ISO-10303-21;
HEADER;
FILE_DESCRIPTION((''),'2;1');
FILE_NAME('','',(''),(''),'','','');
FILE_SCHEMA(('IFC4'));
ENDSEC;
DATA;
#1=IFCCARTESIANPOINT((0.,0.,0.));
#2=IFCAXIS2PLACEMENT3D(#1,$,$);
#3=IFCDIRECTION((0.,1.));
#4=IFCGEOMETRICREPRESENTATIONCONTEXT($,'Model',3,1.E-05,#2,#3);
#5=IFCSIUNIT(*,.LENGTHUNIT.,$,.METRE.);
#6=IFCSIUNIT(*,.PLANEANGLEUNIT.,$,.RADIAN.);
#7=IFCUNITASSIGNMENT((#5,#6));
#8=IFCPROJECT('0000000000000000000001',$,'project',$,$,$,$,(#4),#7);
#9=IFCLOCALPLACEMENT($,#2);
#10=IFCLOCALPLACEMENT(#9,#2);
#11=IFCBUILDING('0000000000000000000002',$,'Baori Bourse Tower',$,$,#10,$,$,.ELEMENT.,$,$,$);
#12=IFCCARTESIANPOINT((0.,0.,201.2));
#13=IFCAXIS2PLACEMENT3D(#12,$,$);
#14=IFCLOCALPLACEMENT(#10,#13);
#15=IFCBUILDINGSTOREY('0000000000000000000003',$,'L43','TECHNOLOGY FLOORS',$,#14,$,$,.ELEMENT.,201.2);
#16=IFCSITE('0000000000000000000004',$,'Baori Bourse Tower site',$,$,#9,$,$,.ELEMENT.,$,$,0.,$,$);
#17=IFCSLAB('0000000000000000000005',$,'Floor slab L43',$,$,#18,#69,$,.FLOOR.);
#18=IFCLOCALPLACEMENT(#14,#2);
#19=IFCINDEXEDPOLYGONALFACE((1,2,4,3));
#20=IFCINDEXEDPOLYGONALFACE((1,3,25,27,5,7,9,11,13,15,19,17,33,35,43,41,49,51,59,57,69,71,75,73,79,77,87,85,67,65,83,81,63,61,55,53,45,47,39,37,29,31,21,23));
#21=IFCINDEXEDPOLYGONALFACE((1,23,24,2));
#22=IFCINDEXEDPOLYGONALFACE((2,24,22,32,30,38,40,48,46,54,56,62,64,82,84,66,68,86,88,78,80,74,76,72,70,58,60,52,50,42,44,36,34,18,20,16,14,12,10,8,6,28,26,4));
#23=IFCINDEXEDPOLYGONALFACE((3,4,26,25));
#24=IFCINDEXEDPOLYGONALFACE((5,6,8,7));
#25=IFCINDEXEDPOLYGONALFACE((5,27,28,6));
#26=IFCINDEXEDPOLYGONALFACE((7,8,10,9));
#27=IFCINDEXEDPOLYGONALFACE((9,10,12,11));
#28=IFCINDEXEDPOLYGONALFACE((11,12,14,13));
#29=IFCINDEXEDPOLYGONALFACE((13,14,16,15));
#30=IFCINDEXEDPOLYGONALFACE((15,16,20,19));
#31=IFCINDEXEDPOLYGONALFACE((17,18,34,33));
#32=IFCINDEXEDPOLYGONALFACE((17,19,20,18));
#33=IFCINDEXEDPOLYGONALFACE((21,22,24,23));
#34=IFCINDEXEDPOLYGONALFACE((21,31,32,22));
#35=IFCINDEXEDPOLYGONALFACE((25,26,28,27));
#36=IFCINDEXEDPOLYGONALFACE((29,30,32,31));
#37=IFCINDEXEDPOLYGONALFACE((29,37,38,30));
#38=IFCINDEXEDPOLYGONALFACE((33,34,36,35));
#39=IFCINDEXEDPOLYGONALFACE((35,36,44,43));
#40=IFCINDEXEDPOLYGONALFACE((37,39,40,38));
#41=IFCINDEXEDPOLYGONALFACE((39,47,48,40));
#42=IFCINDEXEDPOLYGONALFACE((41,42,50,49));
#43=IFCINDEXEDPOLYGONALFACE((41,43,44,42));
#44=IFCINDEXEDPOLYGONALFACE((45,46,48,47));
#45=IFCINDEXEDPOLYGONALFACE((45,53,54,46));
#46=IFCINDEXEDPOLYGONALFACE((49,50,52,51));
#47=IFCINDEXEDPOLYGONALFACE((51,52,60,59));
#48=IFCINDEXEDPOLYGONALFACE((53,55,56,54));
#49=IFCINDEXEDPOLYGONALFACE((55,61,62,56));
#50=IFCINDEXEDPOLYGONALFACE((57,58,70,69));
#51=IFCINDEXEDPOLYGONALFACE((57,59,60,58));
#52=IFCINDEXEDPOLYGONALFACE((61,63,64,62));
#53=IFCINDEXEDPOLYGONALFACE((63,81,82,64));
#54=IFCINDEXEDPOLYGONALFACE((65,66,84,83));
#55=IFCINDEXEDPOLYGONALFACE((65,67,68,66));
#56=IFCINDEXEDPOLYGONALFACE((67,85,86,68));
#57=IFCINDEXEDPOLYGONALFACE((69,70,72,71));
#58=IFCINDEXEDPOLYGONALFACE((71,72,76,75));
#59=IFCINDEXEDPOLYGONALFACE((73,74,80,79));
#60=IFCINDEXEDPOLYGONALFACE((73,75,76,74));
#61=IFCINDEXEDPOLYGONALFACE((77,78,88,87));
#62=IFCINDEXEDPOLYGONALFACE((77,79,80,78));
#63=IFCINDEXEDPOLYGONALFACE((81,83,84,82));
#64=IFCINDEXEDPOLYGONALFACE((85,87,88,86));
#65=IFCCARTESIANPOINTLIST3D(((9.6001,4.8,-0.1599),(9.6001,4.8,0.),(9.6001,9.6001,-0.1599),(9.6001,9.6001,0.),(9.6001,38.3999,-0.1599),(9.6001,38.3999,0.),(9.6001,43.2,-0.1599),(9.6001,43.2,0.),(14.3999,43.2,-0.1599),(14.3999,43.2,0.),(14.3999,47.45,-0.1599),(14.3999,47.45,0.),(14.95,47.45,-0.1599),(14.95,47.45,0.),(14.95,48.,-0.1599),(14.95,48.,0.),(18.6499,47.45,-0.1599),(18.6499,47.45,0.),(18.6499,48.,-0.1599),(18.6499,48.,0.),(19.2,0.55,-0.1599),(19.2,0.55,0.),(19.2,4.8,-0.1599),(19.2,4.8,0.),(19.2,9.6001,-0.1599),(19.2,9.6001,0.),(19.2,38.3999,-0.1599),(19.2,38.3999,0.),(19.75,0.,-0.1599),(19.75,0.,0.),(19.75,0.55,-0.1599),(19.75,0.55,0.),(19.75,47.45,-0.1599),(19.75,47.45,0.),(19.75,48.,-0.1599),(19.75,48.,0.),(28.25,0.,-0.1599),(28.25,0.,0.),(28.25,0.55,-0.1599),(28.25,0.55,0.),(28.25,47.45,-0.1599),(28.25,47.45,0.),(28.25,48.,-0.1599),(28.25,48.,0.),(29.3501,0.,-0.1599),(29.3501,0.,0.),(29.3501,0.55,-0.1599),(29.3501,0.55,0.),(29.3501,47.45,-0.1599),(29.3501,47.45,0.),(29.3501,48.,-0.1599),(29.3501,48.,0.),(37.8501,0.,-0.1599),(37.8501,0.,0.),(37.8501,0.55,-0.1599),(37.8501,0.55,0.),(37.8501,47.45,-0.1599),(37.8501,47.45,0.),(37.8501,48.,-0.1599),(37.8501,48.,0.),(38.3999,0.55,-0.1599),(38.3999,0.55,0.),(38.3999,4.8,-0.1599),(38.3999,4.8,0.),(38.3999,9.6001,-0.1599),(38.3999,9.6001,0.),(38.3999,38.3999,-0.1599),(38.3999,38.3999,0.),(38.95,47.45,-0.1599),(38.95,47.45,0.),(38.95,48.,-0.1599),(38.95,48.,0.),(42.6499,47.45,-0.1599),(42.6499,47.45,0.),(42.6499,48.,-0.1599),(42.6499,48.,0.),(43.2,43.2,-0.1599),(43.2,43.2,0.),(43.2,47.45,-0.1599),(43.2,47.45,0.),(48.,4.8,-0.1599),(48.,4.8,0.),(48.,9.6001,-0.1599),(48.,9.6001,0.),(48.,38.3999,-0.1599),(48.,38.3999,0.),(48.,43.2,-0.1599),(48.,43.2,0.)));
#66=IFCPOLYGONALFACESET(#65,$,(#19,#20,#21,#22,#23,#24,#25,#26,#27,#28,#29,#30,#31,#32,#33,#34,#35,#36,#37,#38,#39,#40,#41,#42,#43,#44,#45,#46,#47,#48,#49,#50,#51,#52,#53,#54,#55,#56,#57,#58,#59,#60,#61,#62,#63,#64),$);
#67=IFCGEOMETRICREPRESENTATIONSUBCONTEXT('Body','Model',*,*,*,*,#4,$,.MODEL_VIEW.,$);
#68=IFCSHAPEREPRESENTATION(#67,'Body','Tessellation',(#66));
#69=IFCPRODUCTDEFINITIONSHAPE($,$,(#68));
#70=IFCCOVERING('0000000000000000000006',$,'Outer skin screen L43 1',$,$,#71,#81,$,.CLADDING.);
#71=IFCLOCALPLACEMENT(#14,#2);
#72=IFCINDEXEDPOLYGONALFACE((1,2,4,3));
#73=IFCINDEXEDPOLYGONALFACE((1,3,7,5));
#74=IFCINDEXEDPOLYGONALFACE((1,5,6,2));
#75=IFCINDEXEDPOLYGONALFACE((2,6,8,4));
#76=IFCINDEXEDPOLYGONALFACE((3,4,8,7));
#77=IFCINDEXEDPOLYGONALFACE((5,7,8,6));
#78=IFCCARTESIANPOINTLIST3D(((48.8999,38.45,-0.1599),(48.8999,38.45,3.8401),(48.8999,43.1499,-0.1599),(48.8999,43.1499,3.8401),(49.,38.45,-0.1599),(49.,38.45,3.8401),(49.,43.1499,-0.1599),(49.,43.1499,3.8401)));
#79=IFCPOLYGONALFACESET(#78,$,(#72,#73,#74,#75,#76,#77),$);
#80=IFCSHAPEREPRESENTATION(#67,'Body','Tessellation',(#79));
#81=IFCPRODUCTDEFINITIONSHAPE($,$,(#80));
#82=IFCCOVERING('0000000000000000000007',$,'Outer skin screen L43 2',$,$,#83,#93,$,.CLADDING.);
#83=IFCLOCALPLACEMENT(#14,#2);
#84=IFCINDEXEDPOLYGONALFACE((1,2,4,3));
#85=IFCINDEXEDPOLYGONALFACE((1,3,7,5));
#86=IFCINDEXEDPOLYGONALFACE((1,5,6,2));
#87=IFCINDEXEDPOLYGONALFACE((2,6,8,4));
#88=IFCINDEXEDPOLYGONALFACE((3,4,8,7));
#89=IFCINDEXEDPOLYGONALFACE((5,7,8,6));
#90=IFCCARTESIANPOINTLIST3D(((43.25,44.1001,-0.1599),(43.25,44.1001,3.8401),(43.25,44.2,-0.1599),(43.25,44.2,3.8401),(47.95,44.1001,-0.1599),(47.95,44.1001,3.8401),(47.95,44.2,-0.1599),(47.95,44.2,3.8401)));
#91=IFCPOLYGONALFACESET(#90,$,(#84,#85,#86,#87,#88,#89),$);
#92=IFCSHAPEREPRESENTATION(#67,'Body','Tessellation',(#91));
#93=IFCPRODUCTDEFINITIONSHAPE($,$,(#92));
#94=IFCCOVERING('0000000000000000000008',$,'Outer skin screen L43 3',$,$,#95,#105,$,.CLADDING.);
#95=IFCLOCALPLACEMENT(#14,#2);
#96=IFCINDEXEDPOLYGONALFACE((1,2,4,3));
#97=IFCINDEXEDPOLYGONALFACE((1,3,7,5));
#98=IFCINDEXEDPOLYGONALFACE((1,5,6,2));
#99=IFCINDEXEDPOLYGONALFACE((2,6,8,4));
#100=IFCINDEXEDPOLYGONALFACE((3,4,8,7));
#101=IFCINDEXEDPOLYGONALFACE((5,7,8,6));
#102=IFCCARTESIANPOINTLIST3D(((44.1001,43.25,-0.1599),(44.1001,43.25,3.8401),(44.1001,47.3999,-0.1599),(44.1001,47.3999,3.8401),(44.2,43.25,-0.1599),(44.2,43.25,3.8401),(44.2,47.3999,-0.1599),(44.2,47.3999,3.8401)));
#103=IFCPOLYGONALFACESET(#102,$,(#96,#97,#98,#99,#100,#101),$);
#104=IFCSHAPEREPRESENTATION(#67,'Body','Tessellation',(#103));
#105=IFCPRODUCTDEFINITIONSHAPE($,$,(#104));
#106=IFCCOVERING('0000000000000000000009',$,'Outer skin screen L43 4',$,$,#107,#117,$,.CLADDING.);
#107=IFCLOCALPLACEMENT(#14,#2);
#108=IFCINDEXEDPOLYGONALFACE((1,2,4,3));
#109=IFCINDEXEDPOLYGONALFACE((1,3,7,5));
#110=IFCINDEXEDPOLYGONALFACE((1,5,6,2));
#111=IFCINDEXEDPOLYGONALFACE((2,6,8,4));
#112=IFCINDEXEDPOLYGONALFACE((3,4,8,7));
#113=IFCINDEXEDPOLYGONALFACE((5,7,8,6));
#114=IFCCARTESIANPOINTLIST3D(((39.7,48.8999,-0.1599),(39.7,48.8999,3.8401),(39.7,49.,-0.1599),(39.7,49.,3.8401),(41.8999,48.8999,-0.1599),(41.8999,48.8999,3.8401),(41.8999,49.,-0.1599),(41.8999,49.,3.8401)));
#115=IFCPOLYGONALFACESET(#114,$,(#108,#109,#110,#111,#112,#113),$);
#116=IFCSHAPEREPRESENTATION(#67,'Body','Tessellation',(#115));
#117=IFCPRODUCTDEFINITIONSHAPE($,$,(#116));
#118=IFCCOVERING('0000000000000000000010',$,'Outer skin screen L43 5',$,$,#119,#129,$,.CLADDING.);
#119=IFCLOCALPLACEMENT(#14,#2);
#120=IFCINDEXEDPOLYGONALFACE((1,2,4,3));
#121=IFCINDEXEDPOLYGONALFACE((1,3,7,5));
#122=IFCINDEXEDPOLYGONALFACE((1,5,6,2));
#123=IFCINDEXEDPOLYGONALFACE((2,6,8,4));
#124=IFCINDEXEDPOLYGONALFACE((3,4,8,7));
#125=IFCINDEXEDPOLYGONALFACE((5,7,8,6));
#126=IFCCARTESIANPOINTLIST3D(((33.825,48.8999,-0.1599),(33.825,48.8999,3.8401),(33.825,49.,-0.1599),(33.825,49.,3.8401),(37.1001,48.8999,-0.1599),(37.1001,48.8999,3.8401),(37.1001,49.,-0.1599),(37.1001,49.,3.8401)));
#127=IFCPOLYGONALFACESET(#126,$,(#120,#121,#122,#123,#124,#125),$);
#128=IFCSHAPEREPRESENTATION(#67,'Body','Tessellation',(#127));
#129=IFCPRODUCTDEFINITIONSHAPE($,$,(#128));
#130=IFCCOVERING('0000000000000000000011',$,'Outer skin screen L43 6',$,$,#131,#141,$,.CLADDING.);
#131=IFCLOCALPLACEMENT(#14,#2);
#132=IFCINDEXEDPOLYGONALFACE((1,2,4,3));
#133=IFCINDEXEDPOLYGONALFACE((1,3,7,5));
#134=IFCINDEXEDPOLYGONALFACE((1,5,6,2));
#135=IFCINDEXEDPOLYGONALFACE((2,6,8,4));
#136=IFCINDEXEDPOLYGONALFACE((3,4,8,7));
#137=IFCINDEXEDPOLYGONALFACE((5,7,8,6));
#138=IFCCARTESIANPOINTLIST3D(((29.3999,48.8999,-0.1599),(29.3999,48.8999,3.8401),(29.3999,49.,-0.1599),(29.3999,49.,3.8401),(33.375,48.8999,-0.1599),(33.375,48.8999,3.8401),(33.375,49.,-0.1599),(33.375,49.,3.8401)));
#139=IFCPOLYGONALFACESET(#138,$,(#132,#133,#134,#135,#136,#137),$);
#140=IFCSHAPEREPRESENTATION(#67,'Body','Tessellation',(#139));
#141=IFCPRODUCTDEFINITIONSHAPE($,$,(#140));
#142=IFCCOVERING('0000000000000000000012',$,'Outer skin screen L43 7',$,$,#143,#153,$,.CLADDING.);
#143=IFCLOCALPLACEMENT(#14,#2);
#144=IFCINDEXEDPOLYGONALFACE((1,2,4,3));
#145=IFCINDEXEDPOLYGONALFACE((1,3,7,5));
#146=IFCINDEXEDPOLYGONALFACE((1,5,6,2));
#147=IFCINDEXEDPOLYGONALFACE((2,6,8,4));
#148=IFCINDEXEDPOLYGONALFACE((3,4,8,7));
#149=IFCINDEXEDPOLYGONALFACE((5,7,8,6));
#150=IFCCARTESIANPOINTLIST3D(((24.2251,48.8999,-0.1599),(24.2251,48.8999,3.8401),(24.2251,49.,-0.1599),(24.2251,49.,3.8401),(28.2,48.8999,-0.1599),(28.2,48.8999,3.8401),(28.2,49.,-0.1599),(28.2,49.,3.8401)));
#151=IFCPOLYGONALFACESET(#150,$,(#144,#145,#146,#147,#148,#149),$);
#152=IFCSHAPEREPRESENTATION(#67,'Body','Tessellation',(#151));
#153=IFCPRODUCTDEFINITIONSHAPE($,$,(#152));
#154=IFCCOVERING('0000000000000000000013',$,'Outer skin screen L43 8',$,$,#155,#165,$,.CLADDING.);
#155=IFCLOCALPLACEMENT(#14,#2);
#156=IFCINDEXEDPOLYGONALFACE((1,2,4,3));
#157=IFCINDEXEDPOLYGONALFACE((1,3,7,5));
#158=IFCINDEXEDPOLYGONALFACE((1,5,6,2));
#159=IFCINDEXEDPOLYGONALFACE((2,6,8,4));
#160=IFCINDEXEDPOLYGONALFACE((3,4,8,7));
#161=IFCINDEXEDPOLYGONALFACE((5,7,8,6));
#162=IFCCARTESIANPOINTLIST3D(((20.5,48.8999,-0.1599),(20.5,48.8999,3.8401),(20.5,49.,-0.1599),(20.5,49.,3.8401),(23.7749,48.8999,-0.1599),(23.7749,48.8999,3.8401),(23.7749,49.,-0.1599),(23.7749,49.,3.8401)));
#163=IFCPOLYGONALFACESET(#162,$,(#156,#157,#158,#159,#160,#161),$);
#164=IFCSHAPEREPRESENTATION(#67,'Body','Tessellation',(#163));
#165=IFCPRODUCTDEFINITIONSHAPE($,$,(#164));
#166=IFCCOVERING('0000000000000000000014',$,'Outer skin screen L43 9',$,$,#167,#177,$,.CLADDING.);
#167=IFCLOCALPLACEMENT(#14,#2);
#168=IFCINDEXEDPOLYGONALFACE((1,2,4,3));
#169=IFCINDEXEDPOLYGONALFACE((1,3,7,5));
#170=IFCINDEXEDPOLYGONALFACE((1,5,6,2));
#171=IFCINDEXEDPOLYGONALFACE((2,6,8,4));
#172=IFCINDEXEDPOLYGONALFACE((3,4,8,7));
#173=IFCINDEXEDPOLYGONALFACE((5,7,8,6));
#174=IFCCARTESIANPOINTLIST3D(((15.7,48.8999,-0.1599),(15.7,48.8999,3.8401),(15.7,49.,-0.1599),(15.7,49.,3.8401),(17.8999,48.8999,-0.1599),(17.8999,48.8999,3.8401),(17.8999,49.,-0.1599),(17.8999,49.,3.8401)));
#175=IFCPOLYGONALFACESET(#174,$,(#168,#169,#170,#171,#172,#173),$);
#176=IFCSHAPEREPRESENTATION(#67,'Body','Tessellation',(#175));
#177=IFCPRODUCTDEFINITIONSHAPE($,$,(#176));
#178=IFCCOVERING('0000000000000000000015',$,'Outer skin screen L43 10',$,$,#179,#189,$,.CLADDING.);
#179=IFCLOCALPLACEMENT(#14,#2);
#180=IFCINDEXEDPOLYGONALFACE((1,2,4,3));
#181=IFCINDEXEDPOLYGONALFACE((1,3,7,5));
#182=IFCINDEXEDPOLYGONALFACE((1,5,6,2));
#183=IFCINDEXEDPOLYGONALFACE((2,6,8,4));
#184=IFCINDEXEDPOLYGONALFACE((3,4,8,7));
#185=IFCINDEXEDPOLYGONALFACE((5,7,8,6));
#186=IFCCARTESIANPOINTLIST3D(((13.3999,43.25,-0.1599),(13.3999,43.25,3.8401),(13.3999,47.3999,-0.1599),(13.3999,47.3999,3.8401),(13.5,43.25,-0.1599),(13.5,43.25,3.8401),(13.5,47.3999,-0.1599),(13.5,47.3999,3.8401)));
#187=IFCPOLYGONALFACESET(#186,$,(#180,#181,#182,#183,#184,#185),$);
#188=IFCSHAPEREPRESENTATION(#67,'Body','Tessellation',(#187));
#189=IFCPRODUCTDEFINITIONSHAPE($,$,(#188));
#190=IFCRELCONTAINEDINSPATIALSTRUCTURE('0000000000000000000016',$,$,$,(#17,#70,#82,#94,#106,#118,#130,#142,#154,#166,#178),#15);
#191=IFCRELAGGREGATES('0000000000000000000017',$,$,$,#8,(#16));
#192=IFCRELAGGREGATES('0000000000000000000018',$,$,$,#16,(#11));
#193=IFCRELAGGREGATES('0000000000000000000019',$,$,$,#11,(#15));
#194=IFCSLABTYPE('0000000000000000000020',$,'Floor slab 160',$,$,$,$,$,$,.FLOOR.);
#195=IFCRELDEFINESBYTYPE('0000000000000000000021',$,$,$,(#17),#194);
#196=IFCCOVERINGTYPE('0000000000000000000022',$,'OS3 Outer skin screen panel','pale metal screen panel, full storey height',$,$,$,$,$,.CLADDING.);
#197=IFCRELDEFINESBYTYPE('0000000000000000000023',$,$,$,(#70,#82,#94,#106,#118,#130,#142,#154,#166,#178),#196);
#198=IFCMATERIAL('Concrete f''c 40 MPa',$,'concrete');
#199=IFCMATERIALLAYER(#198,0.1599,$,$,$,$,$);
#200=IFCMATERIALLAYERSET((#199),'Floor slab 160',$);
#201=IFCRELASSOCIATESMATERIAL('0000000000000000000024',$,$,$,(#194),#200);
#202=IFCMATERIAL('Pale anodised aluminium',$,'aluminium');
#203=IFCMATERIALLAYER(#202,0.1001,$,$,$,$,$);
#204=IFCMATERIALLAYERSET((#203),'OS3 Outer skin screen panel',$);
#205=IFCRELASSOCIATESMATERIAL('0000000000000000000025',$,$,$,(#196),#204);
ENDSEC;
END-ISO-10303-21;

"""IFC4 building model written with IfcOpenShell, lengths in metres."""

from ifc_helpers import new_model, si_unit, direction, frame, origin, place, context, subcontext, project, spatial, polyline, outline, extrude, material, layer, layer_set, type_object, element, save


model = new_model("IFC4")

# Units and contexts
model_context = context("Model", 3, precision=1e-05, world=origin(), true_north=direction((0.0, 1.0)))
body_context = subcontext(model_context, "Body", "Model", "MODEL_VIEW")
ifc_project = project(units=[si_unit("LENGTHUNIT", "METRE"), si_unit("PLANEANGLEUNIT", "RADIAN")], contexts=[model_context])

# Site, building, storey
site_placement = place(None, origin())
site = spatial("IfcSite", under=ifc_project, at=site_placement, Name="Baori Bourse Tower site", CompositionType="ELEMENT", RefElevation=0.0)
building_placement = place(site_placement, origin())
building = spatial("IfcBuilding", under=site, at=building_placement, Name="Baori Bourse Tower", CompositionType="ELEMENT")
storey_placement = place(building_placement, frame((0.0, 0.0, 201.2)))
storey = spatial("IfcBuildingStorey", under=building, at=storey_placement, Name="L43", Description="TECHNOLOGY FLOORS", CompositionType="ELEMENT", Elevation=201.2)

# Slab
ifc_material_1 = material(Name="Concrete f'c 40 MPa", Category="concrete")
ifc_layer_1 = layer(ifc_material_1, 0.1599)
ifc_layer_set_1 = layer_set([ifc_layer_1], Name="Floor slab 160")
slab_type_1 = type_object("IfcSlabType", Name="Floor slab 160", PredefinedType="FLOOR", material=ifc_layer_set_1)
slab_1_placement = place(storey_placement, frame((0.0, 0.0, -0.1599)))
element("IfcSlab", 1, at=slab_1_placement, inside=storey, type_object=slab_type_1, Name="Floor slab L43", PredefinedType="FLOOR", context=body_context, shape_type="SweptSolid", body=[
    extrude(outline(polyline([(19.2, 4.8), (9.6001, 4.8), (9.6001, 9.6001), (19.2, 9.6001), (19.2, 38.3999), (9.6001, 38.3999), (9.6001, 43.2), (14.3999, 43.2), (14.3999, 47.45), (14.95, 47.45), (14.95, 48.0), (18.6499, 48.0), (18.6499, 47.45), (19.75, 47.45), (19.75, 48.0), (28.25, 48.0), (28.25, 47.45), (29.3501, 47.45), (29.3501, 48.0), (37.8501, 48.0), (37.8501, 47.45), (38.95, 47.45), (38.95, 48.0), (42.6499, 48.0), (42.6499, 47.45), (43.2, 47.45), (43.2, 43.2), (48.0, 43.2), (48.0, 38.3999), (38.3999, 38.3999), (38.3999, 9.6001), (48.0, 9.6001), (48.0, 4.8), (38.3999, 4.8), (38.3999, 0.55), (37.8501, 0.55), (37.8501, 0.0), (29.3501, 0.0), (29.3501, 0.55), (28.25, 0.55), (28.25, 0.0), (19.75, 0.0), (19.75, 0.55), (19.2, 0.55), (19.2, 4.8)])), origin(), (0.0, 0.0, 1.0), 0.1599),
])

# Coverings
ifc_material_2 = material(Name="Pale anodised aluminium", Category="aluminium")
ifc_layer_2 = layer(ifc_material_2, 0.1001)
ifc_layer_set_2 = layer_set([ifc_layer_2], Name="OS3 Outer skin screen panel")
covering_type = type_object("IfcCoveringType", Name="OS3 Outer skin screen panel", Description="pale metal screen panel, full storey height", PredefinedType="CLADDING", material=ifc_layer_set_2)
covering_1_placement = place(storey_placement, frame((0.0, 0.0, -0.1599)))
element("IfcCovering", 2, at=covering_1_placement, inside=storey, type_object=covering_type, Name="Outer skin screen L43 1", PredefinedType="CLADDING", context=body_context, shape_type="SweptSolid", body=[
    extrude(outline(polyline([(48.8999, 43.1499), (48.8999, 38.45), (49.0, 38.45), (49.0, 43.1499), (48.8999, 43.1499)])), origin(), (0.0, 0.0, 1.0), 4.0),
])
covering_2_placement = place(storey_placement, frame((0.0, 0.0, -0.1599)))
element("IfcCovering", 3, at=covering_2_placement, inside=storey, type_object=covering_type, Name="Outer skin screen L43 2", PredefinedType="CLADDING", context=body_context, shape_type="SweptSolid", body=[
    extrude(outline(polyline([(43.25, 44.1001), (47.95, 44.1001), (47.95, 44.2), (43.25, 44.2), (43.25, 44.1001)])), origin(), (0.0, 0.0, 1.0), 4.0),
])
covering_3_placement = place(storey_placement, frame((0.0, 0.0, -0.1599)))
element("IfcCovering", 4, at=covering_3_placement, inside=storey, type_object=covering_type, Name="Outer skin screen L43 3", PredefinedType="CLADDING", context=body_context, shape_type="SweptSolid", body=[
    extrude(outline(polyline([(44.1001, 47.3999), (44.1001, 43.25), (44.2, 43.25), (44.2, 47.3999), (44.1001, 47.3999)])), origin(), (0.0, 0.0, 1.0), 4.0),
])
covering_4_placement = place(storey_placement, frame((0.0, 0.0, -0.1599)))
element("IfcCovering", 5, at=covering_4_placement, inside=storey, type_object=covering_type, Name="Outer skin screen L43 4", PredefinedType="CLADDING", context=body_context, shape_type="SweptSolid", body=[
    extrude(outline(polyline([(39.7, 48.8999), (41.8999, 48.8999), (41.8999, 49.0), (39.7, 49.0), (39.7, 48.8999)])), origin(), (0.0, 0.0, 1.0), 4.0),
])
covering_5_placement = place(storey_placement, frame((0.0, 0.0, -0.1599)))
element("IfcCovering", 6, at=covering_5_placement, inside=storey, type_object=covering_type, Name="Outer skin screen L43 5", PredefinedType="CLADDING", context=body_context, shape_type="SweptSolid", body=[
    extrude(outline(polyline([(33.825, 48.8999), (37.1001, 48.8999), (37.1001, 49.0), (33.825, 49.0), (33.825, 48.8999)])), origin(), (0.0, 0.0, 1.0), 4.0),
])
covering_6_placement = place(storey_placement, frame((0.0, 0.0, -0.1599)))
element("IfcCovering", 7, at=covering_6_placement, inside=storey, type_object=covering_type, Name="Outer skin screen L43 6", PredefinedType="CLADDING", context=body_context, shape_type="SweptSolid", body=[
    extrude(outline(polyline([(29.3999, 48.8999), (33.375, 48.8999), (33.375, 49.0), (29.3999, 49.0), (29.3999, 48.8999)])), origin(), (0.0, 0.0, 1.0), 4.0),
])
covering_7_placement = place(storey_placement, frame((0.0, 0.0, -0.1599)))
element("IfcCovering", 8, at=covering_7_placement, inside=storey, type_object=covering_type, Name="Outer skin screen L43 7", PredefinedType="CLADDING", context=body_context, shape_type="SweptSolid", body=[
    extrude(outline(polyline([(24.2251, 48.8999), (28.2, 48.8999), (28.2, 49.0), (24.2251, 49.0), (24.2251, 48.8999)])), origin(), (0.0, 0.0, 1.0), 4.0),
])
covering_8_placement = place(storey_placement, frame((0.0, 0.0, -0.1599)))
element("IfcCovering", 9, at=covering_8_placement, inside=storey, type_object=covering_type, Name="Outer skin screen L43 8", PredefinedType="CLADDING", context=body_context, shape_type="SweptSolid", body=[
    extrude(outline(polyline([(20.5, 48.8999), (23.7749, 48.8999), (23.7749, 49.0), (20.5, 49.0), (20.5, 48.8999)])), origin(), (0.0, 0.0, 1.0), 4.0),
])
covering_9_placement = place(storey_placement, frame((0.0, 0.0, -0.1599)))
element("IfcCovering", 10, at=covering_9_placement, inside=storey, type_object=covering_type, Name="Outer skin screen L43 9", PredefinedType="CLADDING", context=body_context, shape_type="SweptSolid", body=[
    extrude(outline(polyline([(15.7, 48.8999), (17.8999, 48.8999), (17.8999, 49.0), (15.7, 49.0), (15.7, 48.8999)])), origin(), (0.0, 0.0, 1.0), 4.0),
])
covering_10_placement = place(storey_placement, frame((0.0, 0.0, -0.1599)))
element("IfcCovering", 11, at=covering_10_placement, inside=storey, type_object=covering_type, Name="Outer skin screen L43 10", PredefinedType="CLADDING", context=body_context, shape_type="SweptSolid", body=[
    extrude(outline(polyline([(13.5, 43.25), (13.5, 47.3999), (13.3999, 47.3999), (13.3999, 43.25), (13.5, 43.25)])), origin(), (0.0, 0.0, 1.0), 4.0),
])

save(model, "model.ifc")
